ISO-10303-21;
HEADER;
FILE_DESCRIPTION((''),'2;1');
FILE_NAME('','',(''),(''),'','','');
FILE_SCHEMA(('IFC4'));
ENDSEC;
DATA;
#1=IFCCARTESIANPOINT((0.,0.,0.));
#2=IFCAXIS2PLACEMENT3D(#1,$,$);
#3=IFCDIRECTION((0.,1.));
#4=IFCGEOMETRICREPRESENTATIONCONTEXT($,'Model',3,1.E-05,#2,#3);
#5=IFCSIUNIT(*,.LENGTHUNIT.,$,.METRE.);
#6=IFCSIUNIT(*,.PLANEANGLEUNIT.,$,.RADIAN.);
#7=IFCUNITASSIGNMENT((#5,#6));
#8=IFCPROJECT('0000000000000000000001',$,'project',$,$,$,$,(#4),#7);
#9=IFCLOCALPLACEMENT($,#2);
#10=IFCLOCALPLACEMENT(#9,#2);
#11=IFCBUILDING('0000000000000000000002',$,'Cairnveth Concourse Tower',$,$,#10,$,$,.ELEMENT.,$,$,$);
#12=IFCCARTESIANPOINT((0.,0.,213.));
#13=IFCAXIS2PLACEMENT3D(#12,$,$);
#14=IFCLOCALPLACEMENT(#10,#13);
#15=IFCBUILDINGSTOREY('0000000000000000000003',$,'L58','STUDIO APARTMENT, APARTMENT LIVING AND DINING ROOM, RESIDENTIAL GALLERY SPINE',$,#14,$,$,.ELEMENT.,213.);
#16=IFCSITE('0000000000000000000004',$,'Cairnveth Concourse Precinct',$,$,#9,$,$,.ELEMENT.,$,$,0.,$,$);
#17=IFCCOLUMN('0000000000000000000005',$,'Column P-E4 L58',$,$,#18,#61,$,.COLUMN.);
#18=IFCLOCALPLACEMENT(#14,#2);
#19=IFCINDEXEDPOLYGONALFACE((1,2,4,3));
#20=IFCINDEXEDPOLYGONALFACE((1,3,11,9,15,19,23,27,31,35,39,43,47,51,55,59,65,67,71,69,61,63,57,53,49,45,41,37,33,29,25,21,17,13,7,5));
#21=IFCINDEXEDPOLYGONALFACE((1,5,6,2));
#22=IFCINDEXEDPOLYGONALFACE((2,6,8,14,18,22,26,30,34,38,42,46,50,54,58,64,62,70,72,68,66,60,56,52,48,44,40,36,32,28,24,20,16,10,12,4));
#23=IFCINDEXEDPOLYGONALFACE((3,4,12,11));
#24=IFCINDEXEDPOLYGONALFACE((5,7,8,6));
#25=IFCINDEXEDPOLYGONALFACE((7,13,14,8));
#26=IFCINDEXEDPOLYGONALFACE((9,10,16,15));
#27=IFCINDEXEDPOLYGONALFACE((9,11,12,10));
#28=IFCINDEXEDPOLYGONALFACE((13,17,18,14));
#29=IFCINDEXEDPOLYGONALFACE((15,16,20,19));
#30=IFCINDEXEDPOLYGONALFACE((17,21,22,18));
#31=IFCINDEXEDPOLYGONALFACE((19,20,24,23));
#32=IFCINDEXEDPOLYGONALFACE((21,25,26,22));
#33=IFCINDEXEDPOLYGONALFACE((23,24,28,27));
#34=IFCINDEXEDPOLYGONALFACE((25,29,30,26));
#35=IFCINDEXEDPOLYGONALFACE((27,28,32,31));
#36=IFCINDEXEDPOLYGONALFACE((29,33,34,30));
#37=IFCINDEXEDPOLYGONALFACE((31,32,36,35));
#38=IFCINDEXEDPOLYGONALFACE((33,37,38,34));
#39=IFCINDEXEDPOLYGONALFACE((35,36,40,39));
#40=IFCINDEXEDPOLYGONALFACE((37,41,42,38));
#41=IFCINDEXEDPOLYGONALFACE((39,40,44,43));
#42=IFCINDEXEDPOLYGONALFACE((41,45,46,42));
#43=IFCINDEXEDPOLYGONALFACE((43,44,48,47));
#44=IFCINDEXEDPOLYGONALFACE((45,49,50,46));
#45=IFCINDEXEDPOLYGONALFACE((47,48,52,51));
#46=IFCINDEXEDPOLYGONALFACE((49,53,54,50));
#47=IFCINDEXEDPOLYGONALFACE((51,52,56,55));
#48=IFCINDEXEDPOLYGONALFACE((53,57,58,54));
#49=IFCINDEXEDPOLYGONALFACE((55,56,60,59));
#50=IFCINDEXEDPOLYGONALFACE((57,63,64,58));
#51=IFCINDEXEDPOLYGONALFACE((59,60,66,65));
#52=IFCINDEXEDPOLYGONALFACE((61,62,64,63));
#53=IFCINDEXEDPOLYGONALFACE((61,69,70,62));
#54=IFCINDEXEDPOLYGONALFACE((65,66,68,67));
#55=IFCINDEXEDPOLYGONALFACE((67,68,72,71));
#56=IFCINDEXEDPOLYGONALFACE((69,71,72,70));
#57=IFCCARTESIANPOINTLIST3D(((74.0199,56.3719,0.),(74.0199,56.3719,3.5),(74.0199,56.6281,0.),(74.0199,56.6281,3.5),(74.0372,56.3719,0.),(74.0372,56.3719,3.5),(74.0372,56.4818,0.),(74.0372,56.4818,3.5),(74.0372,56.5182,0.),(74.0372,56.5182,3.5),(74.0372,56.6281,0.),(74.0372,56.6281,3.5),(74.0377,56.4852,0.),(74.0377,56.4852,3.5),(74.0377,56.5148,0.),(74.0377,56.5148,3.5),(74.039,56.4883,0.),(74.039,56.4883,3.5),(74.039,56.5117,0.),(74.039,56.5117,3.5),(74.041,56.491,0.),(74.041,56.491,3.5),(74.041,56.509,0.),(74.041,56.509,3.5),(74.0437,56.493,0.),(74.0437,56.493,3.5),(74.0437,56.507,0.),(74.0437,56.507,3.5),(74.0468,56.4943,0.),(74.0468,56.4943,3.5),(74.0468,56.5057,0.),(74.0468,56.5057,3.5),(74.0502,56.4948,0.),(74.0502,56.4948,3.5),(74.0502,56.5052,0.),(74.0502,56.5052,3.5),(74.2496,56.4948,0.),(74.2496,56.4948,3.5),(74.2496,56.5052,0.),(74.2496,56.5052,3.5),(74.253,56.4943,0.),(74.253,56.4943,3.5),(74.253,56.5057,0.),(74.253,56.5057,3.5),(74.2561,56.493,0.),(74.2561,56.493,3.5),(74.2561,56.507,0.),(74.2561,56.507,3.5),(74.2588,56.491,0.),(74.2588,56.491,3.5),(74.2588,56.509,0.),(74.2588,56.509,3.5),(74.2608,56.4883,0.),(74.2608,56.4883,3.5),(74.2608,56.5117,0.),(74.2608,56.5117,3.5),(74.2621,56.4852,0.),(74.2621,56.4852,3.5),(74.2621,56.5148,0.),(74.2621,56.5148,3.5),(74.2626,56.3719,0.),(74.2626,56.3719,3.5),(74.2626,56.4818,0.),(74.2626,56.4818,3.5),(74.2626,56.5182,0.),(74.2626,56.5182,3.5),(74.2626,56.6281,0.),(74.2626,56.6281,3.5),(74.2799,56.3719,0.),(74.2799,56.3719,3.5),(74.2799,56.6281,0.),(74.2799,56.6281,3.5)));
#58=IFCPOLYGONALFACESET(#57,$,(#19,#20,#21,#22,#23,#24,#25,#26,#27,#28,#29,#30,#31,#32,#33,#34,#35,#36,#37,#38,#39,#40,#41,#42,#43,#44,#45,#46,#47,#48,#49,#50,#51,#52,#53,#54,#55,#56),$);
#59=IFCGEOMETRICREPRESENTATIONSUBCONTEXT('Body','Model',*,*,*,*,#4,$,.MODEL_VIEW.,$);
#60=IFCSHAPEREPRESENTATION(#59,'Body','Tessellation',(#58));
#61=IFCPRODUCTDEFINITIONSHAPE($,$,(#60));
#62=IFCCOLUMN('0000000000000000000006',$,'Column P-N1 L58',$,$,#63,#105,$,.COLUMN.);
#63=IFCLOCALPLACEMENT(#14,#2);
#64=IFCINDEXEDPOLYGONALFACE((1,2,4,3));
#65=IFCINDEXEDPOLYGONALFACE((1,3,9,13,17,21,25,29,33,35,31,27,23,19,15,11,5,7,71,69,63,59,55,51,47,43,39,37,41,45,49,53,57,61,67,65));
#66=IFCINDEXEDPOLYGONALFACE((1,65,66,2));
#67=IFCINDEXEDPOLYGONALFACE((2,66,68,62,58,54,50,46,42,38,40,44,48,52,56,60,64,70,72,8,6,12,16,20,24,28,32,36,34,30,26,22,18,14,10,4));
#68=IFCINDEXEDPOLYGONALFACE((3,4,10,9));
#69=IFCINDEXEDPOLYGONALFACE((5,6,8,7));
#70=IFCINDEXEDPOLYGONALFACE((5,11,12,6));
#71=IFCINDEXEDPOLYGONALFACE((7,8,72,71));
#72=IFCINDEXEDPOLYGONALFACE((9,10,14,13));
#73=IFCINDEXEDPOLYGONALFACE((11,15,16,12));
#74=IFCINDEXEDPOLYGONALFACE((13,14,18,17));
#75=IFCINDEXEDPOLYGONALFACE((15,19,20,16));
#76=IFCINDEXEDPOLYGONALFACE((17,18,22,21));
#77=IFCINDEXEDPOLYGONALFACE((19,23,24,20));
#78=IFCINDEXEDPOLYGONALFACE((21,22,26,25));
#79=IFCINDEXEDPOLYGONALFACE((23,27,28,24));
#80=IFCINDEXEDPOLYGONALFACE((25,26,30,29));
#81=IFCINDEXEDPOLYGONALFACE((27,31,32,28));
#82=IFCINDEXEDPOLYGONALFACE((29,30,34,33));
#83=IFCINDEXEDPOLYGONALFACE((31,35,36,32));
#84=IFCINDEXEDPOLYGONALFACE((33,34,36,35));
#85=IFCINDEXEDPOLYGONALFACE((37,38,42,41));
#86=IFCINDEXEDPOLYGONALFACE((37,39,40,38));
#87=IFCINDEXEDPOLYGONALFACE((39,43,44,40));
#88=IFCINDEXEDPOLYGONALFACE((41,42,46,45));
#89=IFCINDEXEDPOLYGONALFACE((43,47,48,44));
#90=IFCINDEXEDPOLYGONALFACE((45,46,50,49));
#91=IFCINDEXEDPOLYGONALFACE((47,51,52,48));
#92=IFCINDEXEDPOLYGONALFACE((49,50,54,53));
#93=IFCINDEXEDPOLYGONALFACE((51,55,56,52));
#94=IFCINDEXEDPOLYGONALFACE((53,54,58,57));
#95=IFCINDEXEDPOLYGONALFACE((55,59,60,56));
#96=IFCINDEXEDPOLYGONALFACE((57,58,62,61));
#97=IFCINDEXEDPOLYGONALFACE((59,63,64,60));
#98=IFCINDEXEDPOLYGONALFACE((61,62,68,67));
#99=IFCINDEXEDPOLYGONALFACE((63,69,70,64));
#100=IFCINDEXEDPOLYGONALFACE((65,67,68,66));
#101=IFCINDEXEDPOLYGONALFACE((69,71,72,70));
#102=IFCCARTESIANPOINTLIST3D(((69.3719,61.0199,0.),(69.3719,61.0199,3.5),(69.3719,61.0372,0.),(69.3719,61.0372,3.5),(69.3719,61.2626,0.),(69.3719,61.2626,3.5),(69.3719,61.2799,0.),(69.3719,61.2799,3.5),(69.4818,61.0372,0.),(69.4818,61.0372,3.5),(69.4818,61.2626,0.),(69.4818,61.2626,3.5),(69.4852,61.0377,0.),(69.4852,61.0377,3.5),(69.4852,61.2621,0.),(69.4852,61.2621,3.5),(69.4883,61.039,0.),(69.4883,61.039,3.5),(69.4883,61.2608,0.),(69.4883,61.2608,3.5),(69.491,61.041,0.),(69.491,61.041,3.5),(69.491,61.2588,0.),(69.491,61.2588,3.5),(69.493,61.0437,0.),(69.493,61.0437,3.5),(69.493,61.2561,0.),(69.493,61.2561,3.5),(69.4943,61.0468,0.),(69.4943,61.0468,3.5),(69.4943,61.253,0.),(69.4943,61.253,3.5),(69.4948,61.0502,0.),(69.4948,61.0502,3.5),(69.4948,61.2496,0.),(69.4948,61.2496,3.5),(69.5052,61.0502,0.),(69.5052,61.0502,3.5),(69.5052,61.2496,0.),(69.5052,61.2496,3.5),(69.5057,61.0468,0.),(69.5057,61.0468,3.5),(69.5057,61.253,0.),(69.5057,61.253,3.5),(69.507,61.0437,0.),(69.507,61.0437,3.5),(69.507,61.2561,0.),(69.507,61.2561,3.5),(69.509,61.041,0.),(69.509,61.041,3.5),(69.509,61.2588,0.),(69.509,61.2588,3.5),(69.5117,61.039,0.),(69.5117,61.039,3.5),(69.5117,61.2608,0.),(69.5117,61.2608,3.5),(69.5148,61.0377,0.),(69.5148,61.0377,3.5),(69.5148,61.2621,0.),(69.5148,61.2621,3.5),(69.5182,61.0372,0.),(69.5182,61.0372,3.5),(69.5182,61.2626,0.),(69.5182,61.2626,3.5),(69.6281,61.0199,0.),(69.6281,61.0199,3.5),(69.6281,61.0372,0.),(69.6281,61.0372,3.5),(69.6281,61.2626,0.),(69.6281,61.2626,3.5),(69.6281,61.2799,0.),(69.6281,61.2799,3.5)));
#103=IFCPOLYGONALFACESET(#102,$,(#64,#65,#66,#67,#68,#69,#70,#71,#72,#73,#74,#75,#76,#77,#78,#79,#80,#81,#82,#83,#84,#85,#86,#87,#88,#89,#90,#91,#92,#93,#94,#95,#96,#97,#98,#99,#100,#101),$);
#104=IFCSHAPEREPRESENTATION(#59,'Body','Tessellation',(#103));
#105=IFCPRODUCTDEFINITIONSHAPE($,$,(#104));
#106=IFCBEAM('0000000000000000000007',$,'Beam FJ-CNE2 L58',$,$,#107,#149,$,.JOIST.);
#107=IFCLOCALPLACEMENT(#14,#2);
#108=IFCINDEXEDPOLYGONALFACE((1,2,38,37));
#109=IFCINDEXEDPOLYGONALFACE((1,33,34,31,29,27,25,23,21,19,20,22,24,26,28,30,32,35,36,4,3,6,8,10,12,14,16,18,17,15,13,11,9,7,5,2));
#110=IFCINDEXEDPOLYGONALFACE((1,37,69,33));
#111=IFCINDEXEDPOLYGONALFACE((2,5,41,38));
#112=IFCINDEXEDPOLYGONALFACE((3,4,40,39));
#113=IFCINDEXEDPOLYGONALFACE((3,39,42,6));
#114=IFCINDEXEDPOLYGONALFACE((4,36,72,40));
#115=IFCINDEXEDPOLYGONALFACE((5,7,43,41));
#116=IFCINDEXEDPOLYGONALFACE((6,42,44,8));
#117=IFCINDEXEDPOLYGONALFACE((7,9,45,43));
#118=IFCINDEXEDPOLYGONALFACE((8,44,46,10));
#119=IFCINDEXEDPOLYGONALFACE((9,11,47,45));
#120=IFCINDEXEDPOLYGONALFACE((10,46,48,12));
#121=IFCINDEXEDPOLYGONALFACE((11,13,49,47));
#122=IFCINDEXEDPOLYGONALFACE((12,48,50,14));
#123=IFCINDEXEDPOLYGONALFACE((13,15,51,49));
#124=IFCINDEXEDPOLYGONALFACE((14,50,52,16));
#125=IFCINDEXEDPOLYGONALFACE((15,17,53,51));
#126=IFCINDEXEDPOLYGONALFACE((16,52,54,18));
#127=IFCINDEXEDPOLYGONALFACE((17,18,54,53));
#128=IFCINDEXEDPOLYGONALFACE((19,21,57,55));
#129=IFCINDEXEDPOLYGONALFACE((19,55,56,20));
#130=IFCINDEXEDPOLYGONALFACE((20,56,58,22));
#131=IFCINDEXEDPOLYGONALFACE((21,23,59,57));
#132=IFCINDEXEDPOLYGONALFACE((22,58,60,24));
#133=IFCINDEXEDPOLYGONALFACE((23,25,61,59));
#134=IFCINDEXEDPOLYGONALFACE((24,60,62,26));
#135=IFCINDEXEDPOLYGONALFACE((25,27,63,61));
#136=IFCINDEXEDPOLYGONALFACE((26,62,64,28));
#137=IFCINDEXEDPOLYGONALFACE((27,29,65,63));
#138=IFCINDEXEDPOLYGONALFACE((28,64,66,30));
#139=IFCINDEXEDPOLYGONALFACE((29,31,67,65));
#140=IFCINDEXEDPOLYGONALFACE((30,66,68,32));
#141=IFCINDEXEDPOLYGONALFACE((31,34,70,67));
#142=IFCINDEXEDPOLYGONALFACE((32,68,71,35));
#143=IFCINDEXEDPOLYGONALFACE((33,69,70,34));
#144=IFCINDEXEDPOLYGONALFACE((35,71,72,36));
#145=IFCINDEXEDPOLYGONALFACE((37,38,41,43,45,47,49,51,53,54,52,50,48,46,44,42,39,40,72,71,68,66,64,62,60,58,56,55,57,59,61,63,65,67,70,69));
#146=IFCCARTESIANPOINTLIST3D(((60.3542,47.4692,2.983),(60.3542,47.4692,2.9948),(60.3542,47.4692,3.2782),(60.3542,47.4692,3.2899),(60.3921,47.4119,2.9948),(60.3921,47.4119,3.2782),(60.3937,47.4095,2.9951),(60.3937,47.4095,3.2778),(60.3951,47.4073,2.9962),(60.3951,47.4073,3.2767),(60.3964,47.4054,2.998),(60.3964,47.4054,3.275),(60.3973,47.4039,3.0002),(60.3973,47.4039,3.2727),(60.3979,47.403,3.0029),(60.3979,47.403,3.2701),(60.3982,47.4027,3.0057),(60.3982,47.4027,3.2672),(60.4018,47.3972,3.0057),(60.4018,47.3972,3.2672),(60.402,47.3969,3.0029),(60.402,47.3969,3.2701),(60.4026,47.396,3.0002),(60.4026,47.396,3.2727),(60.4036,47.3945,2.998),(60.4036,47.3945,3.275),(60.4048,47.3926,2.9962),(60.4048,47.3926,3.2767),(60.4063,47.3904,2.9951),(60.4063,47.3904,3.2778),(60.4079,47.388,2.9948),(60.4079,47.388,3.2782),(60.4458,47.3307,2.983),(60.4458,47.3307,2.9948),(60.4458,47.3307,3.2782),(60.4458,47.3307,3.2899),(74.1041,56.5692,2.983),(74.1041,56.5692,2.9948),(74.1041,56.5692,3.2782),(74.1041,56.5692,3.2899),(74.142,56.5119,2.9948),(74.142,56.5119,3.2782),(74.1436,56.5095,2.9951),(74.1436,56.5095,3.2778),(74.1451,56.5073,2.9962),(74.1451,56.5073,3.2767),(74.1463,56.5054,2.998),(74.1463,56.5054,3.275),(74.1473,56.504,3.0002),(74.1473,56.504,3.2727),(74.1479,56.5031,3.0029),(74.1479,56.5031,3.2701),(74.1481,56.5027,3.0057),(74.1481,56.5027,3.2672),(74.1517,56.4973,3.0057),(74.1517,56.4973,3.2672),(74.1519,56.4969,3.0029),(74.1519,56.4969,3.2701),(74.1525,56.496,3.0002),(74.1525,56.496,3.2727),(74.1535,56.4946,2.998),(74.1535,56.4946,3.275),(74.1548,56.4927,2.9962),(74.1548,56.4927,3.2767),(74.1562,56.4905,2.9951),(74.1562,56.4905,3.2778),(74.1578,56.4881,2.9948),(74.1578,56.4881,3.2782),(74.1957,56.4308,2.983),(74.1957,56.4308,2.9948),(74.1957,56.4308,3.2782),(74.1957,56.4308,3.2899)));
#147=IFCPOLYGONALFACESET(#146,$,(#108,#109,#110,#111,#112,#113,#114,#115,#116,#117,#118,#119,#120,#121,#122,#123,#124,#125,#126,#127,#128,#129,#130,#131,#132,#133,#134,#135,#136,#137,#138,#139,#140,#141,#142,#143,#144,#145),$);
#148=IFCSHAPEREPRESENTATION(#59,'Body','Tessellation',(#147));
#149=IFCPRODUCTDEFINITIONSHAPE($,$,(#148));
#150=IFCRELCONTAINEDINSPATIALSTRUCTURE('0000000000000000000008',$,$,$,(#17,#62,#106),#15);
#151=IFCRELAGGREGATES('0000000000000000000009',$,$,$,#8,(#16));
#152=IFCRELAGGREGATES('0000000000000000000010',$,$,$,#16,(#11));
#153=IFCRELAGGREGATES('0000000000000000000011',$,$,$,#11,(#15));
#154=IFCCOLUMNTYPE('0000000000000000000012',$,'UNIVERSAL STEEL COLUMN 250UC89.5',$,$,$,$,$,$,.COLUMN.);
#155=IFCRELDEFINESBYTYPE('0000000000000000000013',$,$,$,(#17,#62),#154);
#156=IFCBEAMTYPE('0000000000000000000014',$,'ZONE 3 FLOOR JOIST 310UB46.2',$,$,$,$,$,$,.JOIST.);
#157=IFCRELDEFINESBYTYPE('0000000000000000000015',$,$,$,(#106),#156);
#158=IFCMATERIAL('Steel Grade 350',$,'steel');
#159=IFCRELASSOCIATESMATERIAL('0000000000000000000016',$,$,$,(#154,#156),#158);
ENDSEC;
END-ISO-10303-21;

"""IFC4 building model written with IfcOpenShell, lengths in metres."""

from ifc_helpers import new_model, si_unit, direction, frame, origin, origin_2d, place, context, subcontext, project, spatial, i_section, extrude, material, material_profile, profile_set, type_object, element, save


model = new_model("IFC4")

# Units and contexts
model_context = context("Model", 3, precision=1e-05, world=origin(), true_north=direction((0.0, 1.0)))
body_context = subcontext(model_context, "Body", "Model", "MODEL_VIEW")
ifc_project = project(units=[si_unit("LENGTHUNIT", "METRE"), si_unit("PLANEANGLEUNIT", "RADIAN")], contexts=[model_context])

# Site, building, storey
site_placement = place(None, origin())
site = spatial("IfcSite", under=ifc_project, at=site_placement, Name="Cairnveth Concourse Precinct", CompositionType="ELEMENT", RefElevation=0.0)
building_placement = place(site_placement, origin())
building = spatial("IfcBuilding", under=site, at=building_placement, Name="Cairnveth Concourse Tower", CompositionType="ELEMENT")
storey_placement = place(building_placement, frame((0.0, 0.0, 213.0)))
storey = spatial("IfcBuildingStorey", under=building, at=storey_placement, Name="L58", Description="STUDIO APARTMENT, APARTMENT LIVING AND DINING ROOM, RESIDENTIAL GALLERY SPINE", CompositionType="ELEMENT", Elevation=213.0)

# Columns
ifc_material_1 = material(Name="Steel Grade 350", Category="steel")
ifc_material_profile_1 = material_profile(ifc_material_1, i_section(OverallWidth=0.2561, OverallDepth=0.26, WebThickness=0.0105, FlangeThickness=0.0173, FilletRadius=0.0129, at=origin_2d()), Name="250UC89.5")
ifc_profile_set_1 = profile_set([ifc_material_profile_1], Name="Steel Grade 350")
column_type = type_object("IfcColumnType", Name="UNIVERSAL STEEL COLUMN 250UC89.5", PredefinedType="COLUMN", material=ifc_profile_set_1)
for number, where, z_axis, x_axis, name in (
    (1, (74.1499, 56.5, 0.0), (0.0, 0.0, 1.0), (0.0, 1.0, 0.0), "Column P-E4 L58"),
    (2, (69.5, 61.1499, 0.0), (0.0, 0.0, 1.0), (1.0, 0.0, 0.0), "Column P-N1 L58"),
):
    element("IfcColumn", number, at=place(storey_placement, frame(where, z_axis=z_axis, x_axis=x_axis)), inside=storey, type_object=column_type, Name=name, PredefinedType="COLUMN", context=body_context, shape_type="SweptSolid", body=[
        extrude(i_section(OverallWidth=0.2561, OverallDepth=0.26, WebThickness=0.0105, FlangeThickness=0.0173, FilletRadius=0.0129, at=origin_2d()), origin(), (0.0, 0.0, 1.0), 3.5),
    ])

# Beam
ifc_material_profile_2 = material_profile(ifc_material_1, i_section(OverallWidth=0.166, OverallDepth=0.3069, WebThickness=0.0066, FlangeThickness=0.0117, FilletRadius=0.011, at=origin_2d()), Name="310UB46.2")
ifc_profile_set_2 = profile_set([ifc_material_profile_2], Name="Steel Grade 350")
beam_type_1 = type_object("IfcBeamType", Name="ZONE 3 FLOOR JOIST 310UB46.2", PredefinedType="JOIST", material=ifc_profile_set_2)
beam_1_placement = place(storey_placement, frame((74.1499, 56.5, 3.1365), z_axis=(-0.833909, -0.551902, 0.0), x_axis=(0.551902, -0.833909, 0.0)))
element("IfcBeam", 3, at=beam_1_placement, inside=storey, type_object=beam_type_1, Name="Beam FJ-CNE2 L58", PredefinedType="JOIST", context=body_context, shape_type="SweptSolid", body=[
    extrude(i_section(OverallWidth=0.166, OverallDepth=0.3069, WebThickness=0.0066, FlangeThickness=0.0117, FilletRadius=0.011, at=origin_2d()), origin(), (0.0, 0.0, 1.0), 16.4885),
])

save(model, "model.ifc")
